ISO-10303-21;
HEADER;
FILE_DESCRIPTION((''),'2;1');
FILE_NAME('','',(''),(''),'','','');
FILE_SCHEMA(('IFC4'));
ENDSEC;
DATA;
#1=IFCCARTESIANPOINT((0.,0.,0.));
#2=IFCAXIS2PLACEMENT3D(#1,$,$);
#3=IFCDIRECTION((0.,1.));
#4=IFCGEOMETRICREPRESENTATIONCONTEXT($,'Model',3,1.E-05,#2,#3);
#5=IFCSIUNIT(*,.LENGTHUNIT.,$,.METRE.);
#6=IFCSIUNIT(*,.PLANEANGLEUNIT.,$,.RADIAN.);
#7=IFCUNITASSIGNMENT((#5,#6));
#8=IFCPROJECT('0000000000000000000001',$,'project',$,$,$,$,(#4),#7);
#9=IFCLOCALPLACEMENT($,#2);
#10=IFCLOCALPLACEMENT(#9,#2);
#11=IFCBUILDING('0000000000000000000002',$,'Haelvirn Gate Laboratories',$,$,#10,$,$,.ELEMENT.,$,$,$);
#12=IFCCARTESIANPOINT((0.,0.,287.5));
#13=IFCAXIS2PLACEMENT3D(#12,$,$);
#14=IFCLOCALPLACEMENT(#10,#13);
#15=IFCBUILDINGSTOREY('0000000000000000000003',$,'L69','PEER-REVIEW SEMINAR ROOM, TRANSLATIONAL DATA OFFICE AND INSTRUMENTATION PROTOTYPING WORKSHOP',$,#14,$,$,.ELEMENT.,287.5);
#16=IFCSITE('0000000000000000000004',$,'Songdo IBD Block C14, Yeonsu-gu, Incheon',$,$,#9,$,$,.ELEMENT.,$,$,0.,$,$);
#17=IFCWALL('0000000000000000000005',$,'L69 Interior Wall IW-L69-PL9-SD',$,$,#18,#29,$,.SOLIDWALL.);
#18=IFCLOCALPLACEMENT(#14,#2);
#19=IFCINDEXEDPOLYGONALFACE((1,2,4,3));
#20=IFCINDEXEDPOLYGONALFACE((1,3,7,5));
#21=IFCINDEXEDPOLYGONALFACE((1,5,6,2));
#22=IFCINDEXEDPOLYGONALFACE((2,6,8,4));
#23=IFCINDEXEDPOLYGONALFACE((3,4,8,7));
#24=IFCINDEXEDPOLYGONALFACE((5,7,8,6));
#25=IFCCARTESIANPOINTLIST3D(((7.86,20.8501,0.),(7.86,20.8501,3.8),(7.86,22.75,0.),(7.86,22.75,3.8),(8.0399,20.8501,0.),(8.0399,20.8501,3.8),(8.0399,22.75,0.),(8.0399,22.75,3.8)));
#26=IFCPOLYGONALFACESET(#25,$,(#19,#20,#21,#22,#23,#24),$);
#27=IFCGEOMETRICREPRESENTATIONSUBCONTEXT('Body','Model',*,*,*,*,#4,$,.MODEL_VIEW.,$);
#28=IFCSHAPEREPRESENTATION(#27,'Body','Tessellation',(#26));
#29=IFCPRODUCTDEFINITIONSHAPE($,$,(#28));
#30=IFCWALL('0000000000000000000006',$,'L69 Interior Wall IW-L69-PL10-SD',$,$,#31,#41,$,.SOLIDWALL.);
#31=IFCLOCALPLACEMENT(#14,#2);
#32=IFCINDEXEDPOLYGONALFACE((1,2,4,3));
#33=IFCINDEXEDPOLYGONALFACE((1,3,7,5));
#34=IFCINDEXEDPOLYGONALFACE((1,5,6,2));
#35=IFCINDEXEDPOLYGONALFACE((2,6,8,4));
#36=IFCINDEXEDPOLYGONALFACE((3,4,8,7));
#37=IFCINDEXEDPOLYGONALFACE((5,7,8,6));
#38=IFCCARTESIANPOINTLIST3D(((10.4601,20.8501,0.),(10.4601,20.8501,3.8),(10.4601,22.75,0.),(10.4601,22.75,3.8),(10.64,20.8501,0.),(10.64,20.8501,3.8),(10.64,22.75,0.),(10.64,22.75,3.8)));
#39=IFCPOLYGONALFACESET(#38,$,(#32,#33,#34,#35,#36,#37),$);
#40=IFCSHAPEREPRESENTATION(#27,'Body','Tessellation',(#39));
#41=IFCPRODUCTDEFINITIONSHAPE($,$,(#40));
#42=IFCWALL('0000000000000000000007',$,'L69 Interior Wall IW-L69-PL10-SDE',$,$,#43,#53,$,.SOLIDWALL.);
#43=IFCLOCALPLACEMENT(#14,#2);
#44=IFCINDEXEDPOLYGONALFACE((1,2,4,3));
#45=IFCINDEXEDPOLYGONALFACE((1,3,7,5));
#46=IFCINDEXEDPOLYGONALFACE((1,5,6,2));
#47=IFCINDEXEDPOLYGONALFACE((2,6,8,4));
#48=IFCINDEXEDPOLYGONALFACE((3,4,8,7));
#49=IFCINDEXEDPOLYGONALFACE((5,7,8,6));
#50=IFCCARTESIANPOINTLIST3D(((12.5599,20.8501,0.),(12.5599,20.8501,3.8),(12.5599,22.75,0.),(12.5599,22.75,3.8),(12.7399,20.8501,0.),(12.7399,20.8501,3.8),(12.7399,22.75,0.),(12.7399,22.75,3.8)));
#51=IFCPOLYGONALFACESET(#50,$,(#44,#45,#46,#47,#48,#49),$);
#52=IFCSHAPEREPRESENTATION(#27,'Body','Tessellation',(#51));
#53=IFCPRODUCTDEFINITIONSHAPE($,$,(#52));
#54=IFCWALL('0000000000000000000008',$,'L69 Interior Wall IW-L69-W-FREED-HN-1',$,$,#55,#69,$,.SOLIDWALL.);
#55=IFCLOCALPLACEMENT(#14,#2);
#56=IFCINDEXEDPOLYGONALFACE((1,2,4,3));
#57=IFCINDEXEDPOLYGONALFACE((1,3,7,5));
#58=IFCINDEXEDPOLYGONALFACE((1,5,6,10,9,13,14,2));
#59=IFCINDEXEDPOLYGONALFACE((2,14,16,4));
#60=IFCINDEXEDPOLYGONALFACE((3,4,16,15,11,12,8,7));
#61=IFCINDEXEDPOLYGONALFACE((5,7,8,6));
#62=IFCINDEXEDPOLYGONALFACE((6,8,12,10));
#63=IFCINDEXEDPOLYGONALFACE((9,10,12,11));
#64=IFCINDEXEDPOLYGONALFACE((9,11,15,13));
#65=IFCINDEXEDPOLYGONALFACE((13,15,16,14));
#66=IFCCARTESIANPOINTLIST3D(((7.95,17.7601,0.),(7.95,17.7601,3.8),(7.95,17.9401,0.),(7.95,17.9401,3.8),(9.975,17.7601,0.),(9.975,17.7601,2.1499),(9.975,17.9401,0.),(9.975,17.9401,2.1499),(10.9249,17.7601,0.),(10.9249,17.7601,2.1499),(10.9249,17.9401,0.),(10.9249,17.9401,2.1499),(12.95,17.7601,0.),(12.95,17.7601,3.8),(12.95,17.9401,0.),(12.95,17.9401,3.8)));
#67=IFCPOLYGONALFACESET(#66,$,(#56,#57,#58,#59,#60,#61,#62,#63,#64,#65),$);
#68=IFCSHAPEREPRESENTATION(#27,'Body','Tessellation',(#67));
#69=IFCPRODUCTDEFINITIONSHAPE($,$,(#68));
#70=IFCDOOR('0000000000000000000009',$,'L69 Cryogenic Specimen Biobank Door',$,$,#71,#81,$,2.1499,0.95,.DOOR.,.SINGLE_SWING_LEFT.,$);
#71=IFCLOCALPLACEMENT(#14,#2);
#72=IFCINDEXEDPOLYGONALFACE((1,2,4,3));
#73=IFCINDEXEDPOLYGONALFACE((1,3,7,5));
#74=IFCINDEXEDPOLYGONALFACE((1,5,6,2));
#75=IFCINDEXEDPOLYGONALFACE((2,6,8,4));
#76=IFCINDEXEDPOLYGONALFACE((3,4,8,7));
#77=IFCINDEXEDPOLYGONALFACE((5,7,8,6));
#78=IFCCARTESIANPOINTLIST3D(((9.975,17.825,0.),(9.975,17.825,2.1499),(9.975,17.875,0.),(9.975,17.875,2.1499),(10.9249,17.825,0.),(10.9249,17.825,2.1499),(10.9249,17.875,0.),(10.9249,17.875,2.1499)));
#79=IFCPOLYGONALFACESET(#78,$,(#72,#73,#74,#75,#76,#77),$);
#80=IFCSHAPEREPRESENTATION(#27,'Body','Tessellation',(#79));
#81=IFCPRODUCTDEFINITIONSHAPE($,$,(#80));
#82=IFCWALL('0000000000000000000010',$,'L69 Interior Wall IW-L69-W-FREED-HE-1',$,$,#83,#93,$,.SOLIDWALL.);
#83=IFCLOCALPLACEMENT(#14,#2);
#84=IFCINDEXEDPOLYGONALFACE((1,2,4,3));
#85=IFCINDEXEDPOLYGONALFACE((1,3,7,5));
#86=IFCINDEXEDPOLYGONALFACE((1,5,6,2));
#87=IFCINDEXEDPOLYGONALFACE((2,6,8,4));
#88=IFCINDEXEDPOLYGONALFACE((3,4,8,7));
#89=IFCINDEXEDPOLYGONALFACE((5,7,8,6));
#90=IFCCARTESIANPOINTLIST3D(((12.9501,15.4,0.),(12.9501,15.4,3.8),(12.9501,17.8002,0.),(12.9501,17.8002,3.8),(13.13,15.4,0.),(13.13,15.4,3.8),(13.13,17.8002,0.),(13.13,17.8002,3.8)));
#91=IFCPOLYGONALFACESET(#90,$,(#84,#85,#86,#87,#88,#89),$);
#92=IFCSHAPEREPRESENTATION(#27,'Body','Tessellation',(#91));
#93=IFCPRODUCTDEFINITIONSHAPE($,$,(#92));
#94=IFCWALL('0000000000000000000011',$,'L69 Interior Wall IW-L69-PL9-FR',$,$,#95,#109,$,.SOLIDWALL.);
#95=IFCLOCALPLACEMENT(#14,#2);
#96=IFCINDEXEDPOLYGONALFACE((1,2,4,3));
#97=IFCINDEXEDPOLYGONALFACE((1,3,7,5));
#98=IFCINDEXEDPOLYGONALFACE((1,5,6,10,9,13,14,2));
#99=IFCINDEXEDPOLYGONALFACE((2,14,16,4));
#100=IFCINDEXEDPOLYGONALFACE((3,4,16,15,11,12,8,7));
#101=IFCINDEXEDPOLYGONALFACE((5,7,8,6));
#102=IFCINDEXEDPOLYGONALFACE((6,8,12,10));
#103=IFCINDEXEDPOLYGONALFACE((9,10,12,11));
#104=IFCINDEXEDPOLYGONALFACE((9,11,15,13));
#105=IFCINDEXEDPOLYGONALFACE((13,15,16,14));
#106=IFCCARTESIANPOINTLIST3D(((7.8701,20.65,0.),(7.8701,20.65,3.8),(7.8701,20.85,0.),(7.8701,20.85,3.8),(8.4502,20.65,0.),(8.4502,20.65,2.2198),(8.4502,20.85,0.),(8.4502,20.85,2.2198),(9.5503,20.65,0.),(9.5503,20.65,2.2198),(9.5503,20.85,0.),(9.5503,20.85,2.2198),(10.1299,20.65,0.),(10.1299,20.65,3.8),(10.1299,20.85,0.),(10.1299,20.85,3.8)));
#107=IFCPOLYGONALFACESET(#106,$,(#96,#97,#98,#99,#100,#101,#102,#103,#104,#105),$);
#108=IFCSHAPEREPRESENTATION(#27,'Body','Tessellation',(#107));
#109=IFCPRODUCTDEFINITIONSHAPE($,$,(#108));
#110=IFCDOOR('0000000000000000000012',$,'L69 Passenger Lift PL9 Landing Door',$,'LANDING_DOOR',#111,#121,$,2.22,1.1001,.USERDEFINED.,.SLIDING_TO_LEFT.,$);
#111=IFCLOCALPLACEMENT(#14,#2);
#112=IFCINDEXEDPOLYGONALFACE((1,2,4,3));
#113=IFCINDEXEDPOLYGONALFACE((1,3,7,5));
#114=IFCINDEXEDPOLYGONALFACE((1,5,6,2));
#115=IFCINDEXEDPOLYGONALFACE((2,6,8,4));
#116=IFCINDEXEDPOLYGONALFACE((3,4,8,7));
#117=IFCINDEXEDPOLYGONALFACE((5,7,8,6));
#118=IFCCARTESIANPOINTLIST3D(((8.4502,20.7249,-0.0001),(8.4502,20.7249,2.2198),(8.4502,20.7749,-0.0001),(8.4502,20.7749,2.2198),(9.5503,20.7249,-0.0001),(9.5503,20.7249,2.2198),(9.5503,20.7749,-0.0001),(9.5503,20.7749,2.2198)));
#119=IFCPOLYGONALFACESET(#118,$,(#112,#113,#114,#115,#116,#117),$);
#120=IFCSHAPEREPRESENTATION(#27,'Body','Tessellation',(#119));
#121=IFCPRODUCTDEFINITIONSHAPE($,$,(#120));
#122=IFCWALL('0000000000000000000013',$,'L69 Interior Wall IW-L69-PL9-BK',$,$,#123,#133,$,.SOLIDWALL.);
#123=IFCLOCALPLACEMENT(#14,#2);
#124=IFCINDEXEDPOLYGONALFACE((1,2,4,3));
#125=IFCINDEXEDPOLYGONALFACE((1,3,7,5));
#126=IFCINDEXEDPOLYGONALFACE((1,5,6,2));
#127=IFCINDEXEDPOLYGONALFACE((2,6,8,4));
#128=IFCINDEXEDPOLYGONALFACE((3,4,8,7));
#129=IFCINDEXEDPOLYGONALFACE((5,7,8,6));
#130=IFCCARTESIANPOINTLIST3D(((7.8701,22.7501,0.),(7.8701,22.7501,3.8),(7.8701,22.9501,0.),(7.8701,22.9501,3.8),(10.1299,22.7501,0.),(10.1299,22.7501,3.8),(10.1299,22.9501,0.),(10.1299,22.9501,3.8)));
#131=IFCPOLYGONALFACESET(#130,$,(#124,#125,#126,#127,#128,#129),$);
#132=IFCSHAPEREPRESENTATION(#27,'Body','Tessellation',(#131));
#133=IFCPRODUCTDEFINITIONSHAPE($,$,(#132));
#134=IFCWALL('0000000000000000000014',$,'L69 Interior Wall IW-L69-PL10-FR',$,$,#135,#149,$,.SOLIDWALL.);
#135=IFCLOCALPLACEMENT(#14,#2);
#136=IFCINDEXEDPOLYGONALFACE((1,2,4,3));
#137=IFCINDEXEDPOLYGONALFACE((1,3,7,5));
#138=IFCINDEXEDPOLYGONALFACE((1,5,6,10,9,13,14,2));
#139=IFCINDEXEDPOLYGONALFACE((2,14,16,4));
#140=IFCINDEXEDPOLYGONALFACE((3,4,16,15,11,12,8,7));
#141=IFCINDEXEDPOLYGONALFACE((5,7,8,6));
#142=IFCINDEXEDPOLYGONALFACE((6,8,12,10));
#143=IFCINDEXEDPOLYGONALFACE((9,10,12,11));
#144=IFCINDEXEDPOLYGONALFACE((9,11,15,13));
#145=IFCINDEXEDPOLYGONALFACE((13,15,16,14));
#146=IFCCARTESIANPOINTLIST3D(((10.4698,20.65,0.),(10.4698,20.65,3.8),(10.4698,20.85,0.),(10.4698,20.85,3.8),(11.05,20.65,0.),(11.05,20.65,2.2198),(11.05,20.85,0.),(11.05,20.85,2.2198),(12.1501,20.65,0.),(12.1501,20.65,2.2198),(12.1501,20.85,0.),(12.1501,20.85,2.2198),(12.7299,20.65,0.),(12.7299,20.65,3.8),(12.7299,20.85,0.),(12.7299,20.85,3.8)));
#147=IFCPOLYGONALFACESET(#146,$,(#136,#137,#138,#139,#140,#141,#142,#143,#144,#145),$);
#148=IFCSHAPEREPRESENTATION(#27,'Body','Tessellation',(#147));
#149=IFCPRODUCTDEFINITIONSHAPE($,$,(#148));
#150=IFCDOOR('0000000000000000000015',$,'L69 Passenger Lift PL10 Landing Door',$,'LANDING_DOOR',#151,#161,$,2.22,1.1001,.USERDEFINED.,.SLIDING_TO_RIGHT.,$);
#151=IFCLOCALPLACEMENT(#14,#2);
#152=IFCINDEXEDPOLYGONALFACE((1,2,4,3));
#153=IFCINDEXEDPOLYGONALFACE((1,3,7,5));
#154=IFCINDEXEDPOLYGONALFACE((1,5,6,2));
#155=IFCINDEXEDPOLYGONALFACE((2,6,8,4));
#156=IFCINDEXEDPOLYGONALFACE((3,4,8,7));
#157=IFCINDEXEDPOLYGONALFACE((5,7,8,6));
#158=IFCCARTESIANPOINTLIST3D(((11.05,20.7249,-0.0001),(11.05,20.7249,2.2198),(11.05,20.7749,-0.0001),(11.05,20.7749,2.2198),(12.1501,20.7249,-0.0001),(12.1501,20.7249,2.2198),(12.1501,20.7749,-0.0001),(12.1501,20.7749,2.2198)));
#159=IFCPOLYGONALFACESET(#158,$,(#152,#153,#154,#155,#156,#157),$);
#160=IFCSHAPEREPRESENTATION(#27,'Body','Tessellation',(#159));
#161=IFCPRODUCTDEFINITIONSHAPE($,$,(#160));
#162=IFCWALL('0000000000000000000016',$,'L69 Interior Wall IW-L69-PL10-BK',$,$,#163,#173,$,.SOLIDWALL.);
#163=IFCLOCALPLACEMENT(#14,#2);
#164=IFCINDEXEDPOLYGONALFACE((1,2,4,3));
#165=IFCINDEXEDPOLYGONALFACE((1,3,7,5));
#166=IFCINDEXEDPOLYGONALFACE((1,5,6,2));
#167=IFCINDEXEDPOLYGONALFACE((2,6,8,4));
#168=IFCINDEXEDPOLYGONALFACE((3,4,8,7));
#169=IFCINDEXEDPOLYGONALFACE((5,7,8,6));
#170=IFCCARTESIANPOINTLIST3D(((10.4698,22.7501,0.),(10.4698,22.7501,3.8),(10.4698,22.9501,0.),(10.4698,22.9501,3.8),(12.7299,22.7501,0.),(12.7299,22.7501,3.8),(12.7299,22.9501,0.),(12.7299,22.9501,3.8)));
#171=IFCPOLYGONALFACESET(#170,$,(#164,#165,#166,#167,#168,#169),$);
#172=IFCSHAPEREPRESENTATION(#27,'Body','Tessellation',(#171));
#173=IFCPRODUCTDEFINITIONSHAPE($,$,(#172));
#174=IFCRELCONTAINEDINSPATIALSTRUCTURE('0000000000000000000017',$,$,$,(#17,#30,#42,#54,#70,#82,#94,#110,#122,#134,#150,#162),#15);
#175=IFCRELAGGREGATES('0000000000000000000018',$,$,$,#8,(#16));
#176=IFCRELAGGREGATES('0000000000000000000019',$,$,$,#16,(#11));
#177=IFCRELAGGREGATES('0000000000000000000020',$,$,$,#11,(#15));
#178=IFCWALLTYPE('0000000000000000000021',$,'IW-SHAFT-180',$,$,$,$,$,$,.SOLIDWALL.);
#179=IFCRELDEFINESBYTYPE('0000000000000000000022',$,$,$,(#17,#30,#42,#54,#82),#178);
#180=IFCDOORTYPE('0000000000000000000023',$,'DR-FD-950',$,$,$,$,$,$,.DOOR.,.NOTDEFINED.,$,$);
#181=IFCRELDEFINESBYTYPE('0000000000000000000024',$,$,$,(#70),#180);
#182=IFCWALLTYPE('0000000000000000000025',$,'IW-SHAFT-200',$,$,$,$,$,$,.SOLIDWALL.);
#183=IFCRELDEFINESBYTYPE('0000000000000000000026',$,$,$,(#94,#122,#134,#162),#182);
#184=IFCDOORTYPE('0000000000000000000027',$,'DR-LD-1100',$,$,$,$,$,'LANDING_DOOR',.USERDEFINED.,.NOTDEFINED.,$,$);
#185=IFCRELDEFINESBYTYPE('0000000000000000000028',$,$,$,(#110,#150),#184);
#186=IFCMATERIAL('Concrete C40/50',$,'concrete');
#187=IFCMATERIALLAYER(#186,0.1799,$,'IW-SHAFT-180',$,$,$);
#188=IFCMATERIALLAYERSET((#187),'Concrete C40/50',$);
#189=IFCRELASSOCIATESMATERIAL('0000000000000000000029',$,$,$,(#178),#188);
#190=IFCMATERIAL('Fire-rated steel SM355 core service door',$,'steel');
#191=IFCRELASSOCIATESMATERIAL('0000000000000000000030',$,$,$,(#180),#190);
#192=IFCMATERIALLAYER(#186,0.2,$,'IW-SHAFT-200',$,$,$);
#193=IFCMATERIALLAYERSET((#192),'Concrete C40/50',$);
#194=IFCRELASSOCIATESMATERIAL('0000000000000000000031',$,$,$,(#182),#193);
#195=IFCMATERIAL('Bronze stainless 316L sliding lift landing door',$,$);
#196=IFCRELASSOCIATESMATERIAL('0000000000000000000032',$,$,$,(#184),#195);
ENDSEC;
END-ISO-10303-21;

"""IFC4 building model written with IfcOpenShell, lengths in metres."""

from ifc_helpers import new_model, si_unit, direction, frame, frame_2d, origin, place, context, subcontext, project, spatial, rectangle, extrude, source, transform, mapped, material, layer, layer_set, type_object, type_shapes, element, fill, save


model = new_model("IFC4")

# Units and contexts
model_context = context("Model", 3, precision=1e-05, world=origin(), true_north=direction((0.0, 1.0)))
body_context = subcontext(model_context, "Body", "Model", "MODEL_VIEW")
ifc_project = project(units=[si_unit("LENGTHUNIT", "METRE"), si_unit("PLANEANGLEUNIT", "RADIAN")], contexts=[model_context])

# Site, building, storey
site_placement = place(None, origin())
site = spatial("IfcSite", under=ifc_project, at=site_placement, Name="Songdo IBD Block C14, Yeonsu-gu, Incheon", CompositionType="ELEMENT", RefElevation=0.0)
building_placement = place(site_placement, origin())
building = spatial("IfcBuilding", under=site, at=building_placement, Name="Haelvirn Gate Laboratories", CompositionType="ELEMENT")
storey_placement = place(building_placement, frame((0.0, 0.0, 287.5)))
storey = spatial("IfcBuildingStorey", under=building, at=storey_placement, Name="L69", Description="PEER-REVIEW SEMINAR ROOM, TRANSLATIONAL DATA OFFICE AND INSTRUMENTATION PROTOTYPING WORKSHOP", CompositionType="ELEMENT", Elevation=287.5)

# Walls
ifc_material_1 = material(Name="Concrete C40/50", Category="concrete")
ifc_layer_1 = layer(ifc_material_1, 0.1799, Name="IW-SHAFT-180")
ifc_layer_set_1 = layer_set([ifc_layer_1], Name="Concrete C40/50")
wall_type_1 = type_object("IfcWallType", Name="IW-SHAFT-180", PredefinedType="SOLIDWALL", material=ifc_layer_set_1)
for number, where, z_axis, x_axis, name in (
    (1, (7.95, 20.8501, 0.0), (0.0, 0.0, 1.0), (0.0, 1.0, 0.0), "L69 Interior Wall IW-L69-PL9-SD"),
    (2, (10.55, 20.8501, 0.0), (0.0, 0.0, 1.0), (0.0, 1.0, 0.0), "L69 Interior Wall IW-L69-PL10-SD"),
    (3, (12.6499, 20.8501, 0.0), (0.0, 0.0, 1.0), (0.0, 1.0, 0.0), "L69 Interior Wall IW-L69-PL10-SDE"),
):
    element("IfcWall", number, at=place(storey_placement, frame(where, z_axis=z_axis, x_axis=x_axis)), inside=storey, type_object=wall_type_1, Name=name, PredefinedType="SOLIDWALL", context=body_context, shape_type="SweptSolid", body=[
        extrude(rectangle(XDim=1.8999, YDim=0.1799, at=frame_2d((0.95, 0.0))), origin(), (0.0, 0.0, 1.0), 3.8),
    ])

# Wall, opening, door
wall_1_placement = place(storey_placement, frame((7.95, 17.8501, 0.0), z_axis=(0.0, 0.0, 1.0), x_axis=(1.0, 0.0, 0.0)))
wall_1 = element("IfcWall", 4, at=wall_1_placement, inside=storey, type_object=wall_type_1, Name="L69 Interior Wall IW-L69-W-FREED-HN-1", PredefinedType="SOLIDWALL", context=body_context, shape_type="SweptSolid", body=[
    extrude(rectangle(XDim=5.0, YDim=0.1799, at=frame_2d((2.5, 0.0))), origin(), (0.0, 0.0, 1.0), 3.8),
])
opening_1_placement = place(wall_1_placement, frame((2.0249, 0.0, 0.0)))
opening_1 = element("IfcOpeningElement", 5, at=opening_1_placement, cuts=wall_1, PredefinedType="OPENING", context=body_context, shape_type="SweptSolid", body=[
    extrude(rectangle(XDim=0.95, YDim=2.1499, at=frame_2d((0.4751, 1.075))), frame((0.0, 0.1001, 0.0), z_axis=(0.0, -1.0, 0.0), x_axis=(1.0, 0.0, 0.0)), (0.0, 0.0, 1.0), 0.2),
])
ifc_material_2 = material(Name="Fire-rated steel SM355 core service door", Category="steel")
door_type_1 = type_object("IfcDoorType", Name="DR-FD-950", OperationType="NOTDEFINED", PredefinedType="DOOR", material=ifc_material_2)
shared_shape_1 = source(origin(), body_context, "Body", "SweptSolid", [
    extrude(rectangle(XDim=0.95, YDim=2.1499, at=frame_2d((0.4751, 1.075))), frame((0.0, 0.0249, 0.0), z_axis=(0.0, -1.0, 0.0), x_axis=(1.0, 0.0, 0.0)), (0.0, 0.0, 1.0), 0.05),
])
type_shapes(door_type_1, [shared_shape_1])
door_1_placement = place(opening_1_placement, origin())
door_1 = element("IfcDoor", 6, at=door_1_placement, inside=storey, type_object=door_type_1, Name="L69 Cryogenic Specimen Biobank Door", OperationType="SINGLE_SWING_LEFT", OverallHeight=2.1499, OverallWidth=0.95, PredefinedType="DOOR", context=body_context, shape_type="MappedRepresentation", body=[
    mapped(shared_shape_1, transform((0.0, 0.0, 0.0), scale=1.0)),
])
fill(opening_1, door_1)

# Wall
wall_2_placement = place(storey_placement, frame((13.04, 15.3999, 0.0), z_axis=(0.0, 0.0, 1.0), x_axis=(0.0, 1.0, 0.0)))
element("IfcWall", 7, at=wall_2_placement, inside=storey, type_object=wall_type_1, Name="L69 Interior Wall IW-L69-W-FREED-HE-1", PredefinedType="SOLIDWALL", context=body_context, shape_type="SweptSolid", body=[
    extrude(rectangle(XDim=2.4001, YDim=0.1799, at=frame_2d((1.2002, 0.0))), origin(), (0.0, 0.0, 1.0), 3.8),
])

# Wall, opening, door
ifc_layer_2 = layer(ifc_material_1, 0.2, Name="IW-SHAFT-200")
ifc_layer_set_2 = layer_set([ifc_layer_2], Name="Concrete C40/50")
wall_type_2 = type_object("IfcWallType", Name="IW-SHAFT-200", PredefinedType="SOLIDWALL", material=ifc_layer_set_2)
wall_3_placement = place(storey_placement, frame((7.8701, 20.75, 0.0), z_axis=(0.0, 0.0, 1.0), x_axis=(1.0, 0.0, 0.0)))
wall_3 = element("IfcWall", 8, at=wall_3_placement, inside=storey, type_object=wall_type_2, Name="L69 Interior Wall IW-L69-PL9-FR", PredefinedType="SOLIDWALL", context=body_context, shape_type="SweptSolid", body=[
    extrude(rectangle(XDim=2.2598, YDim=0.2, at=frame_2d((1.1299, 0.0))), origin(), (0.0, 0.0, 1.0), 3.8),
])
opening_2_placement = place(wall_3_placement, frame((0.5801, 0.0, 0.0)))
opening_2 = element("IfcOpeningElement", 9, at=opening_2_placement, cuts=wall_3, PredefinedType="OPENING", context=body_context, shape_type="SweptSolid", body=[
    extrude(rectangle(XDim=1.1001, YDim=2.22, at=frame_2d((0.55, 1.1099))), frame((0.0, 0.1099, 0.0), z_axis=(0.0, -1.0, 0.0), x_axis=(1.0, 0.0, 0.0)), (0.0, 0.0, 1.0), 0.22),
])
ifc_material_3 = material(Name="Bronze stainless 316L sliding lift landing door")
door_type_2 = type_object("IfcDoorType", Name="DR-LD-1100", ElementType="LANDING_DOOR", OperationType="NOTDEFINED", PredefinedType="USERDEFINED", material=ifc_material_3)
shared_shape_2 = source(origin(), body_context, "Body", "SweptSolid", [
    extrude(rectangle(XDim=1.1001, YDim=2.22, at=frame_2d((0.55, 1.1099))), frame((0.0, 0.0249, 0.0), z_axis=(0.0, -1.0, 0.0), x_axis=(1.0, 0.0, 0.0)), (0.0, 0.0, 1.0), 0.05),
])
type_shapes(door_type_2, [shared_shape_2])
door_2_placement = place(opening_2_placement, origin())
door_2 = element("IfcDoor", 10, at=door_2_placement, inside=storey, type_object=door_type_2, Name="L69 Passenger Lift PL9 Landing Door", ObjectType="LANDING_DOOR", OperationType="SLIDING_TO_LEFT", OverallHeight=2.22, OverallWidth=1.1001, PredefinedType="USERDEFINED", context=body_context, shape_type="MappedRepresentation", body=[
    mapped(shared_shape_2, transform((0.0, 0.0, 0.0), scale=1.0)),
])
fill(opening_2, door_2)

# Wall
wall_4_placement = place(storey_placement, frame((7.8701, 22.8501, 0.0), z_axis=(0.0, 0.0, 1.0), x_axis=(1.0, 0.0, 0.0)))
element("IfcWall", 11, at=wall_4_placement, inside=storey, type_object=wall_type_2, Name="L69 Interior Wall IW-L69-PL9-BK", PredefinedType="SOLIDWALL", context=body_context, shape_type="SweptSolid", body=[
    extrude(rectangle(XDim=2.2598, YDim=0.2, at=frame_2d((1.1299, 0.0))), origin(), (0.0, 0.0, 1.0), 3.8),
])

# Wall, opening, door
wall_5_placement = place(storey_placement, frame((10.47, 20.75, 0.0), z_axis=(0.0, 0.0, 1.0), x_axis=(1.0, 0.0, 0.0)))
wall_5 = element("IfcWall", 12, at=wall_5_placement, inside=storey, type_object=wall_type_2, Name="L69 Interior Wall IW-L69-PL10-FR", PredefinedType="SOLIDWALL", context=body_context, shape_type="SweptSolid", body=[
    extrude(rectangle(XDim=2.26, YDim=0.2, at=frame_2d((1.1299, 0.0))), origin(), (0.0, 0.0, 1.0), 3.8),
])
opening_3_placement = place(wall_5_placement, frame((0.5801, 0.0, 0.0)))
opening_3 = element("IfcOpeningElement", 13, at=opening_3_placement, cuts=wall_5, PredefinedType="OPENING", context=body_context, shape_type="SweptSolid", body=[
    extrude(rectangle(XDim=1.1001, YDim=2.22, at=frame_2d((0.55, 1.1099))), frame((0.0, 0.1099, 0.0), z_axis=(0.0, -1.0, 0.0), x_axis=(1.0, 0.0, 0.0)), (0.0, 0.0, 1.0), 0.22),
])
door_3_placement = place(opening_3_placement, origin())
door_3 = element("IfcDoor", 14, at=door_3_placement, inside=storey, type_object=door_type_2, Name="L69 Passenger Lift PL10 Landing Door", ObjectType="LANDING_DOOR", OperationType="SLIDING_TO_RIGHT", OverallHeight=2.22, OverallWidth=1.1001, PredefinedType="USERDEFINED", context=body_context, shape_type="MappedRepresentation", body=[
    mapped(shared_shape_2, transform((0.0, 0.0, 0.0), scale=1.0)),
])
fill(opening_3, door_3)

# Wall
wall_6_placement = place(storey_placement, frame((10.47, 22.8501, 0.0), z_axis=(0.0, 0.0, 1.0), x_axis=(1.0, 0.0, 0.0)))
element("IfcWall", 15, at=wall_6_placement, inside=storey, type_object=wall_type_2, Name="L69 Interior Wall IW-L69-PL10-BK", PredefinedType="SOLIDWALL", context=body_context, shape_type="SweptSolid", body=[
    extrude(rectangle(XDim=2.26, YDim=0.2, at=frame_2d((1.1299, 0.0))), origin(), (0.0, 0.0, 1.0), 3.8),
])

save(model, "model.ifc")
